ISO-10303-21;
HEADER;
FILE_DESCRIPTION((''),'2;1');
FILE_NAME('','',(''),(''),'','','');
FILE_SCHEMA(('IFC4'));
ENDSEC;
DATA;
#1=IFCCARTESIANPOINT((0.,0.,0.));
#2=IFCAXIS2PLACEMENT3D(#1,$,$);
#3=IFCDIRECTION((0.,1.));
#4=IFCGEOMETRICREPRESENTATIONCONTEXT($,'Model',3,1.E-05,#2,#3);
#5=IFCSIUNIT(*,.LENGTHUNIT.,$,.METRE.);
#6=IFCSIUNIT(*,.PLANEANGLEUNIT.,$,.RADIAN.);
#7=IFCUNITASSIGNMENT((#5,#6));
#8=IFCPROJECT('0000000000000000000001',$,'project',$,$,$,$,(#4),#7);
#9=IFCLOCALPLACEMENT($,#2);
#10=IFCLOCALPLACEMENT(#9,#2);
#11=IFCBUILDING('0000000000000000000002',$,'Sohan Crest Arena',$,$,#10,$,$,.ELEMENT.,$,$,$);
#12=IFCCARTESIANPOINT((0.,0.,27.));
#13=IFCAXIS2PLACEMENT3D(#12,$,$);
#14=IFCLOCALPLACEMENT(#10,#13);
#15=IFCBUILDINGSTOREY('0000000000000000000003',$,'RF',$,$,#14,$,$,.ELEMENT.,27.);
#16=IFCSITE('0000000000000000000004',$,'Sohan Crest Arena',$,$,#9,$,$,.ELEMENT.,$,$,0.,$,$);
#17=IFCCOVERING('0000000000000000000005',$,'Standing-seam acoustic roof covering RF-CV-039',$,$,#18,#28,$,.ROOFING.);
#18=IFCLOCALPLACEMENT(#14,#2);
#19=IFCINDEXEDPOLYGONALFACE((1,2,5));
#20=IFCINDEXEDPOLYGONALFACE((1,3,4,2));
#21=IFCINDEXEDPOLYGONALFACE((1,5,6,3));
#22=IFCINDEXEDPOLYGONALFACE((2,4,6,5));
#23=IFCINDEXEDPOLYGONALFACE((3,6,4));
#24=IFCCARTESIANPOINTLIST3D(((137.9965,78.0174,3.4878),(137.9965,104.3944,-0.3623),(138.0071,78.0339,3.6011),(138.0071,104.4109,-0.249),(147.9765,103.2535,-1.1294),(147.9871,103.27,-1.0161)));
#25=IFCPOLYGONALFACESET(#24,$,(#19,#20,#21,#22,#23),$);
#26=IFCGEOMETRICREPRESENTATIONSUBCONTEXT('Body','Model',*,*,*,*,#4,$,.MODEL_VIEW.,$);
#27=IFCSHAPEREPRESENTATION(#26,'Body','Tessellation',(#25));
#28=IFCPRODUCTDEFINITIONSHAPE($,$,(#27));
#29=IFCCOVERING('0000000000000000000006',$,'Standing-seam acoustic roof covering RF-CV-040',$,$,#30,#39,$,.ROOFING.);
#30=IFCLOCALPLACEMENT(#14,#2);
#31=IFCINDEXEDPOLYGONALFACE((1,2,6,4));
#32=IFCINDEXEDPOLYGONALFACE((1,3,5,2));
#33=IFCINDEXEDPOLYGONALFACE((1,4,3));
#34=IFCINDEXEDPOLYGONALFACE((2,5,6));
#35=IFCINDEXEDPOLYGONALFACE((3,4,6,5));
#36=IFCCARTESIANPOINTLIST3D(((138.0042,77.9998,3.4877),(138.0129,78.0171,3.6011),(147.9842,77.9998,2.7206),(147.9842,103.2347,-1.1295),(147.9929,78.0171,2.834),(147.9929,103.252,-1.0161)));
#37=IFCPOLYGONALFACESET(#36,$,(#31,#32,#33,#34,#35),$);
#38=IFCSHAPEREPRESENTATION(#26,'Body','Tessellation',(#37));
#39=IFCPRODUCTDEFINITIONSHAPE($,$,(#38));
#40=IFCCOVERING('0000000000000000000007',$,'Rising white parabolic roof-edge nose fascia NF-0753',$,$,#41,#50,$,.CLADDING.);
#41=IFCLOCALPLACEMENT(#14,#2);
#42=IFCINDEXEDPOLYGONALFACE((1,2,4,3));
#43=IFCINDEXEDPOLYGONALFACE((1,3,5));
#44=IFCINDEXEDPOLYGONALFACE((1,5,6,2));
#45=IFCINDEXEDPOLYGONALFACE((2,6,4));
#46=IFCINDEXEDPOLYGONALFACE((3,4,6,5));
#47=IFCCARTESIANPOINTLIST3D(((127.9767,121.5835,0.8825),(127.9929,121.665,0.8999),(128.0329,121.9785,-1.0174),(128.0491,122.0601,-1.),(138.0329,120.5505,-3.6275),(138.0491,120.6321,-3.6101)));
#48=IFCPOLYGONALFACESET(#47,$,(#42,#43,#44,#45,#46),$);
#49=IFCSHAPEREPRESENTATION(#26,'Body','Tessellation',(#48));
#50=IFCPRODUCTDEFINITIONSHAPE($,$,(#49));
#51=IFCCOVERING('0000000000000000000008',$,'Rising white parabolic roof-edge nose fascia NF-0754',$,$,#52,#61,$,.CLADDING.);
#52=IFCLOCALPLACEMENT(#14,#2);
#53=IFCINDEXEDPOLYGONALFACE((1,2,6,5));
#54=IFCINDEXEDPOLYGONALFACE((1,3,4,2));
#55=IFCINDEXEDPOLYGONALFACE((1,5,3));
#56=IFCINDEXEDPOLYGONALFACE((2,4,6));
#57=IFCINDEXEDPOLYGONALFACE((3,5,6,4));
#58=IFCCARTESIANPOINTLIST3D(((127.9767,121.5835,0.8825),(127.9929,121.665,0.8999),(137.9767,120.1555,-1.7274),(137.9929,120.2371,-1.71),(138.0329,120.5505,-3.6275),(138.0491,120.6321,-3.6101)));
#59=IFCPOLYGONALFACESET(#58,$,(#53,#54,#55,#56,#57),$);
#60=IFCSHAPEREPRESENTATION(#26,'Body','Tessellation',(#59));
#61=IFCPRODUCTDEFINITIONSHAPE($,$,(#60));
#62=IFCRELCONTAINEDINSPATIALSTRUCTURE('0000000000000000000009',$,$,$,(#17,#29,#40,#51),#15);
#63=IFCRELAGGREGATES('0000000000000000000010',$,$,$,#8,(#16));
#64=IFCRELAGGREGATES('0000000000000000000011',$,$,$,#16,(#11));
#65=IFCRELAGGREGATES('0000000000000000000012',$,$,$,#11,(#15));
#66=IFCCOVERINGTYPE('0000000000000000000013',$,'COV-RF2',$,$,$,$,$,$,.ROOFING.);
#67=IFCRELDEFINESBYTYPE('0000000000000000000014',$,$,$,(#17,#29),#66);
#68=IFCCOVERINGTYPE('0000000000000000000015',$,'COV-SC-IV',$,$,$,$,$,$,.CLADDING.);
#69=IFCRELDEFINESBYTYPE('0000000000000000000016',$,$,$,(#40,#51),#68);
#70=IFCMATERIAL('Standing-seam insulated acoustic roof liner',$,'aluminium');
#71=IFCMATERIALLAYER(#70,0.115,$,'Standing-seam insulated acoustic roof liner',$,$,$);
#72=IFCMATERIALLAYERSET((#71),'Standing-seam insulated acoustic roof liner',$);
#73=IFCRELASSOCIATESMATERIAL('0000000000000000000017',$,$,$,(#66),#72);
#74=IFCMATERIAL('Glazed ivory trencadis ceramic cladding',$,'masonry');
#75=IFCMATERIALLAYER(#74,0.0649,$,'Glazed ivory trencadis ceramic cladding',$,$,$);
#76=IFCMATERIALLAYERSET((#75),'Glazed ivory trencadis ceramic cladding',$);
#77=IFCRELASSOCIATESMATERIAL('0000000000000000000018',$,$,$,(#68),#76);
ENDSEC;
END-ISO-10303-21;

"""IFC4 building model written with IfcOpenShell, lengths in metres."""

from ifc_helpers import new_model, si_unit, direction, frame, origin, place, context, subcontext, project, spatial, polyline, outline, extrude, material, layer, layer_set, type_object, element, save


model = new_model("IFC4")

# Units and contexts
model_context = context("Model", 3, precision=1e-05, world=origin(), true_north=direction((0.0, 1.0)))
body_context = subcontext(model_context, "Body", "Model", "MODEL_VIEW")
ifc_project = project(units=[si_unit("LENGTHUNIT", "METRE"), si_unit("PLANEANGLEUNIT", "RADIAN")], contexts=[model_context])

# Site, building, storey
site_placement = place(None, origin())
site = spatial("IfcSite", under=ifc_project, at=site_placement, Name="Sohan Crest Arena", CompositionType="ELEMENT", RefElevation=0.0)
building_placement = place(site_placement, origin())
building = spatial("IfcBuilding", under=site, at=building_placement, Name="Sohan Crest Arena", CompositionType="ELEMENT")
storey_placement = place(building_placement, frame((0.0, 0.0, 27.0)))
storey = spatial("IfcBuildingStorey", under=building, at=storey_placement, Name="RF", CompositionType="ELEMENT", Elevation=27.0)

# Coverings
ifc_material_1 = material(Name="Standing-seam insulated acoustic roof liner", Category="aluminium")
ifc_layer_1 = layer(ifc_material_1, 0.115, Name="Standing-seam insulated acoustic roof liner")
ifc_layer_set_1 = layer_set([ifc_layer_1], Name="Standing-seam insulated acoustic roof liner")
covering_type_1 = type_object("IfcCoveringType", Name="COV-RF2", PredefinedType="ROOFING", material=ifc_layer_set_1)
covering_1_placement = place(storey_placement, frame((147.9871, 103.27, -1.0161), z_axis=(0.092174, 0.143819, 0.985302), x_axis=(-0.990645, 0.113246, 0.076144)))
element("IfcCovering", 1, at=covering_1_placement, inside=storey, type_object=covering_type_1, Name="Standing-seam acoustic roof covering RF-CV-039", PredefinedType="ROOFING", context=body_context, shape_type="SweptSolid", body=[
    extrude(outline(polyline([(0.0, 0.0), (10.0742, 0.0), (7.3803, 26.52), (0.0, 0.0)])), origin(), (0.0, 0.0, -1.0), 0.115),
])
covering_2_placement = place(storey_placement, frame((147.9929, 103.252, -1.0161), z_axis=(0.075765, 0.150392, 0.985719), x_axis=(-0.362557, -0.916743, 0.167735)))
element("IfcCovering", 2, at=covering_2_placement, inside=storey, type_object=covering_type_1, Name="Standing-seam acoustic roof covering RF-CV-040", PredefinedType="ROOFING", context=body_context, shape_type="SweptSolid", body=[
    extrude(outline(polyline([(0.0, 0.0), (27.5267, 0.0), (23.7797, 9.2816), (0.0, 0.0)])), origin(), (0.0, 0.0, -1.0), 0.115),
])
ifc_material_2 = material(Name="Glazed ivory trencadis ceramic cladding", Category="masonry")
ifc_layer_2 = layer(ifc_material_2, 0.0649, Name="Glazed ivory trencadis ceramic cladding")
ifc_layer_set_2 = layer_set([ifc_layer_2], Name="Glazed ivory trencadis ceramic cladding")
covering_type_2 = type_object("IfcCoveringType", Name="COV-SC-IV", PredefinedType="CLADDING", material=ifc_layer_set_2)
covering_3_placement = place(storey_placement, frame((138.0491, 120.6321, -3.6101), z_axis=(0.190648, 0.959966, 0.205227), x_axis=(-0.958478, 0.136869, 0.250173)))
element("IfcCovering", 3, at=covering_3_placement, inside=storey, type_object=covering_type_2, Name="Rising white parabolic roof-edge nose fascia NF-0753", PredefinedType="CLADDING", context=body_context, shape_type="SweptSolid", body=[
    extrude(outline(polyline([(0.0, 0.0), (10.4332, 0.0), (10.9083, 1.8823), (0.0, 0.0)])), origin(), (0.0, 0.0, -1.0), 0.085),
])
covering_4_placement = place(storey_placement, frame((138.0491, 120.6321, -3.6101), z_axis=(0.190637, 0.959974, 0.205202), x_axis=(-0.908458, 0.093316, 0.407427)))
element("IfcCovering", 4, at=covering_4_placement, inside=storey, type_object=covering_type_2, Name="Rising white parabolic roof-edge nose fascia NF-0754", PredefinedType="CLADDING", context=body_context, shape_type="SweptSolid", body=[
    extrude(outline(polyline([(0.0, 0.0), (11.0695, 0.0), (0.7883, 1.7743), (0.0, 0.0)])), origin(), (0.0, 0.0, -1.0), 0.085),
])

save(model, "model.ifc")
